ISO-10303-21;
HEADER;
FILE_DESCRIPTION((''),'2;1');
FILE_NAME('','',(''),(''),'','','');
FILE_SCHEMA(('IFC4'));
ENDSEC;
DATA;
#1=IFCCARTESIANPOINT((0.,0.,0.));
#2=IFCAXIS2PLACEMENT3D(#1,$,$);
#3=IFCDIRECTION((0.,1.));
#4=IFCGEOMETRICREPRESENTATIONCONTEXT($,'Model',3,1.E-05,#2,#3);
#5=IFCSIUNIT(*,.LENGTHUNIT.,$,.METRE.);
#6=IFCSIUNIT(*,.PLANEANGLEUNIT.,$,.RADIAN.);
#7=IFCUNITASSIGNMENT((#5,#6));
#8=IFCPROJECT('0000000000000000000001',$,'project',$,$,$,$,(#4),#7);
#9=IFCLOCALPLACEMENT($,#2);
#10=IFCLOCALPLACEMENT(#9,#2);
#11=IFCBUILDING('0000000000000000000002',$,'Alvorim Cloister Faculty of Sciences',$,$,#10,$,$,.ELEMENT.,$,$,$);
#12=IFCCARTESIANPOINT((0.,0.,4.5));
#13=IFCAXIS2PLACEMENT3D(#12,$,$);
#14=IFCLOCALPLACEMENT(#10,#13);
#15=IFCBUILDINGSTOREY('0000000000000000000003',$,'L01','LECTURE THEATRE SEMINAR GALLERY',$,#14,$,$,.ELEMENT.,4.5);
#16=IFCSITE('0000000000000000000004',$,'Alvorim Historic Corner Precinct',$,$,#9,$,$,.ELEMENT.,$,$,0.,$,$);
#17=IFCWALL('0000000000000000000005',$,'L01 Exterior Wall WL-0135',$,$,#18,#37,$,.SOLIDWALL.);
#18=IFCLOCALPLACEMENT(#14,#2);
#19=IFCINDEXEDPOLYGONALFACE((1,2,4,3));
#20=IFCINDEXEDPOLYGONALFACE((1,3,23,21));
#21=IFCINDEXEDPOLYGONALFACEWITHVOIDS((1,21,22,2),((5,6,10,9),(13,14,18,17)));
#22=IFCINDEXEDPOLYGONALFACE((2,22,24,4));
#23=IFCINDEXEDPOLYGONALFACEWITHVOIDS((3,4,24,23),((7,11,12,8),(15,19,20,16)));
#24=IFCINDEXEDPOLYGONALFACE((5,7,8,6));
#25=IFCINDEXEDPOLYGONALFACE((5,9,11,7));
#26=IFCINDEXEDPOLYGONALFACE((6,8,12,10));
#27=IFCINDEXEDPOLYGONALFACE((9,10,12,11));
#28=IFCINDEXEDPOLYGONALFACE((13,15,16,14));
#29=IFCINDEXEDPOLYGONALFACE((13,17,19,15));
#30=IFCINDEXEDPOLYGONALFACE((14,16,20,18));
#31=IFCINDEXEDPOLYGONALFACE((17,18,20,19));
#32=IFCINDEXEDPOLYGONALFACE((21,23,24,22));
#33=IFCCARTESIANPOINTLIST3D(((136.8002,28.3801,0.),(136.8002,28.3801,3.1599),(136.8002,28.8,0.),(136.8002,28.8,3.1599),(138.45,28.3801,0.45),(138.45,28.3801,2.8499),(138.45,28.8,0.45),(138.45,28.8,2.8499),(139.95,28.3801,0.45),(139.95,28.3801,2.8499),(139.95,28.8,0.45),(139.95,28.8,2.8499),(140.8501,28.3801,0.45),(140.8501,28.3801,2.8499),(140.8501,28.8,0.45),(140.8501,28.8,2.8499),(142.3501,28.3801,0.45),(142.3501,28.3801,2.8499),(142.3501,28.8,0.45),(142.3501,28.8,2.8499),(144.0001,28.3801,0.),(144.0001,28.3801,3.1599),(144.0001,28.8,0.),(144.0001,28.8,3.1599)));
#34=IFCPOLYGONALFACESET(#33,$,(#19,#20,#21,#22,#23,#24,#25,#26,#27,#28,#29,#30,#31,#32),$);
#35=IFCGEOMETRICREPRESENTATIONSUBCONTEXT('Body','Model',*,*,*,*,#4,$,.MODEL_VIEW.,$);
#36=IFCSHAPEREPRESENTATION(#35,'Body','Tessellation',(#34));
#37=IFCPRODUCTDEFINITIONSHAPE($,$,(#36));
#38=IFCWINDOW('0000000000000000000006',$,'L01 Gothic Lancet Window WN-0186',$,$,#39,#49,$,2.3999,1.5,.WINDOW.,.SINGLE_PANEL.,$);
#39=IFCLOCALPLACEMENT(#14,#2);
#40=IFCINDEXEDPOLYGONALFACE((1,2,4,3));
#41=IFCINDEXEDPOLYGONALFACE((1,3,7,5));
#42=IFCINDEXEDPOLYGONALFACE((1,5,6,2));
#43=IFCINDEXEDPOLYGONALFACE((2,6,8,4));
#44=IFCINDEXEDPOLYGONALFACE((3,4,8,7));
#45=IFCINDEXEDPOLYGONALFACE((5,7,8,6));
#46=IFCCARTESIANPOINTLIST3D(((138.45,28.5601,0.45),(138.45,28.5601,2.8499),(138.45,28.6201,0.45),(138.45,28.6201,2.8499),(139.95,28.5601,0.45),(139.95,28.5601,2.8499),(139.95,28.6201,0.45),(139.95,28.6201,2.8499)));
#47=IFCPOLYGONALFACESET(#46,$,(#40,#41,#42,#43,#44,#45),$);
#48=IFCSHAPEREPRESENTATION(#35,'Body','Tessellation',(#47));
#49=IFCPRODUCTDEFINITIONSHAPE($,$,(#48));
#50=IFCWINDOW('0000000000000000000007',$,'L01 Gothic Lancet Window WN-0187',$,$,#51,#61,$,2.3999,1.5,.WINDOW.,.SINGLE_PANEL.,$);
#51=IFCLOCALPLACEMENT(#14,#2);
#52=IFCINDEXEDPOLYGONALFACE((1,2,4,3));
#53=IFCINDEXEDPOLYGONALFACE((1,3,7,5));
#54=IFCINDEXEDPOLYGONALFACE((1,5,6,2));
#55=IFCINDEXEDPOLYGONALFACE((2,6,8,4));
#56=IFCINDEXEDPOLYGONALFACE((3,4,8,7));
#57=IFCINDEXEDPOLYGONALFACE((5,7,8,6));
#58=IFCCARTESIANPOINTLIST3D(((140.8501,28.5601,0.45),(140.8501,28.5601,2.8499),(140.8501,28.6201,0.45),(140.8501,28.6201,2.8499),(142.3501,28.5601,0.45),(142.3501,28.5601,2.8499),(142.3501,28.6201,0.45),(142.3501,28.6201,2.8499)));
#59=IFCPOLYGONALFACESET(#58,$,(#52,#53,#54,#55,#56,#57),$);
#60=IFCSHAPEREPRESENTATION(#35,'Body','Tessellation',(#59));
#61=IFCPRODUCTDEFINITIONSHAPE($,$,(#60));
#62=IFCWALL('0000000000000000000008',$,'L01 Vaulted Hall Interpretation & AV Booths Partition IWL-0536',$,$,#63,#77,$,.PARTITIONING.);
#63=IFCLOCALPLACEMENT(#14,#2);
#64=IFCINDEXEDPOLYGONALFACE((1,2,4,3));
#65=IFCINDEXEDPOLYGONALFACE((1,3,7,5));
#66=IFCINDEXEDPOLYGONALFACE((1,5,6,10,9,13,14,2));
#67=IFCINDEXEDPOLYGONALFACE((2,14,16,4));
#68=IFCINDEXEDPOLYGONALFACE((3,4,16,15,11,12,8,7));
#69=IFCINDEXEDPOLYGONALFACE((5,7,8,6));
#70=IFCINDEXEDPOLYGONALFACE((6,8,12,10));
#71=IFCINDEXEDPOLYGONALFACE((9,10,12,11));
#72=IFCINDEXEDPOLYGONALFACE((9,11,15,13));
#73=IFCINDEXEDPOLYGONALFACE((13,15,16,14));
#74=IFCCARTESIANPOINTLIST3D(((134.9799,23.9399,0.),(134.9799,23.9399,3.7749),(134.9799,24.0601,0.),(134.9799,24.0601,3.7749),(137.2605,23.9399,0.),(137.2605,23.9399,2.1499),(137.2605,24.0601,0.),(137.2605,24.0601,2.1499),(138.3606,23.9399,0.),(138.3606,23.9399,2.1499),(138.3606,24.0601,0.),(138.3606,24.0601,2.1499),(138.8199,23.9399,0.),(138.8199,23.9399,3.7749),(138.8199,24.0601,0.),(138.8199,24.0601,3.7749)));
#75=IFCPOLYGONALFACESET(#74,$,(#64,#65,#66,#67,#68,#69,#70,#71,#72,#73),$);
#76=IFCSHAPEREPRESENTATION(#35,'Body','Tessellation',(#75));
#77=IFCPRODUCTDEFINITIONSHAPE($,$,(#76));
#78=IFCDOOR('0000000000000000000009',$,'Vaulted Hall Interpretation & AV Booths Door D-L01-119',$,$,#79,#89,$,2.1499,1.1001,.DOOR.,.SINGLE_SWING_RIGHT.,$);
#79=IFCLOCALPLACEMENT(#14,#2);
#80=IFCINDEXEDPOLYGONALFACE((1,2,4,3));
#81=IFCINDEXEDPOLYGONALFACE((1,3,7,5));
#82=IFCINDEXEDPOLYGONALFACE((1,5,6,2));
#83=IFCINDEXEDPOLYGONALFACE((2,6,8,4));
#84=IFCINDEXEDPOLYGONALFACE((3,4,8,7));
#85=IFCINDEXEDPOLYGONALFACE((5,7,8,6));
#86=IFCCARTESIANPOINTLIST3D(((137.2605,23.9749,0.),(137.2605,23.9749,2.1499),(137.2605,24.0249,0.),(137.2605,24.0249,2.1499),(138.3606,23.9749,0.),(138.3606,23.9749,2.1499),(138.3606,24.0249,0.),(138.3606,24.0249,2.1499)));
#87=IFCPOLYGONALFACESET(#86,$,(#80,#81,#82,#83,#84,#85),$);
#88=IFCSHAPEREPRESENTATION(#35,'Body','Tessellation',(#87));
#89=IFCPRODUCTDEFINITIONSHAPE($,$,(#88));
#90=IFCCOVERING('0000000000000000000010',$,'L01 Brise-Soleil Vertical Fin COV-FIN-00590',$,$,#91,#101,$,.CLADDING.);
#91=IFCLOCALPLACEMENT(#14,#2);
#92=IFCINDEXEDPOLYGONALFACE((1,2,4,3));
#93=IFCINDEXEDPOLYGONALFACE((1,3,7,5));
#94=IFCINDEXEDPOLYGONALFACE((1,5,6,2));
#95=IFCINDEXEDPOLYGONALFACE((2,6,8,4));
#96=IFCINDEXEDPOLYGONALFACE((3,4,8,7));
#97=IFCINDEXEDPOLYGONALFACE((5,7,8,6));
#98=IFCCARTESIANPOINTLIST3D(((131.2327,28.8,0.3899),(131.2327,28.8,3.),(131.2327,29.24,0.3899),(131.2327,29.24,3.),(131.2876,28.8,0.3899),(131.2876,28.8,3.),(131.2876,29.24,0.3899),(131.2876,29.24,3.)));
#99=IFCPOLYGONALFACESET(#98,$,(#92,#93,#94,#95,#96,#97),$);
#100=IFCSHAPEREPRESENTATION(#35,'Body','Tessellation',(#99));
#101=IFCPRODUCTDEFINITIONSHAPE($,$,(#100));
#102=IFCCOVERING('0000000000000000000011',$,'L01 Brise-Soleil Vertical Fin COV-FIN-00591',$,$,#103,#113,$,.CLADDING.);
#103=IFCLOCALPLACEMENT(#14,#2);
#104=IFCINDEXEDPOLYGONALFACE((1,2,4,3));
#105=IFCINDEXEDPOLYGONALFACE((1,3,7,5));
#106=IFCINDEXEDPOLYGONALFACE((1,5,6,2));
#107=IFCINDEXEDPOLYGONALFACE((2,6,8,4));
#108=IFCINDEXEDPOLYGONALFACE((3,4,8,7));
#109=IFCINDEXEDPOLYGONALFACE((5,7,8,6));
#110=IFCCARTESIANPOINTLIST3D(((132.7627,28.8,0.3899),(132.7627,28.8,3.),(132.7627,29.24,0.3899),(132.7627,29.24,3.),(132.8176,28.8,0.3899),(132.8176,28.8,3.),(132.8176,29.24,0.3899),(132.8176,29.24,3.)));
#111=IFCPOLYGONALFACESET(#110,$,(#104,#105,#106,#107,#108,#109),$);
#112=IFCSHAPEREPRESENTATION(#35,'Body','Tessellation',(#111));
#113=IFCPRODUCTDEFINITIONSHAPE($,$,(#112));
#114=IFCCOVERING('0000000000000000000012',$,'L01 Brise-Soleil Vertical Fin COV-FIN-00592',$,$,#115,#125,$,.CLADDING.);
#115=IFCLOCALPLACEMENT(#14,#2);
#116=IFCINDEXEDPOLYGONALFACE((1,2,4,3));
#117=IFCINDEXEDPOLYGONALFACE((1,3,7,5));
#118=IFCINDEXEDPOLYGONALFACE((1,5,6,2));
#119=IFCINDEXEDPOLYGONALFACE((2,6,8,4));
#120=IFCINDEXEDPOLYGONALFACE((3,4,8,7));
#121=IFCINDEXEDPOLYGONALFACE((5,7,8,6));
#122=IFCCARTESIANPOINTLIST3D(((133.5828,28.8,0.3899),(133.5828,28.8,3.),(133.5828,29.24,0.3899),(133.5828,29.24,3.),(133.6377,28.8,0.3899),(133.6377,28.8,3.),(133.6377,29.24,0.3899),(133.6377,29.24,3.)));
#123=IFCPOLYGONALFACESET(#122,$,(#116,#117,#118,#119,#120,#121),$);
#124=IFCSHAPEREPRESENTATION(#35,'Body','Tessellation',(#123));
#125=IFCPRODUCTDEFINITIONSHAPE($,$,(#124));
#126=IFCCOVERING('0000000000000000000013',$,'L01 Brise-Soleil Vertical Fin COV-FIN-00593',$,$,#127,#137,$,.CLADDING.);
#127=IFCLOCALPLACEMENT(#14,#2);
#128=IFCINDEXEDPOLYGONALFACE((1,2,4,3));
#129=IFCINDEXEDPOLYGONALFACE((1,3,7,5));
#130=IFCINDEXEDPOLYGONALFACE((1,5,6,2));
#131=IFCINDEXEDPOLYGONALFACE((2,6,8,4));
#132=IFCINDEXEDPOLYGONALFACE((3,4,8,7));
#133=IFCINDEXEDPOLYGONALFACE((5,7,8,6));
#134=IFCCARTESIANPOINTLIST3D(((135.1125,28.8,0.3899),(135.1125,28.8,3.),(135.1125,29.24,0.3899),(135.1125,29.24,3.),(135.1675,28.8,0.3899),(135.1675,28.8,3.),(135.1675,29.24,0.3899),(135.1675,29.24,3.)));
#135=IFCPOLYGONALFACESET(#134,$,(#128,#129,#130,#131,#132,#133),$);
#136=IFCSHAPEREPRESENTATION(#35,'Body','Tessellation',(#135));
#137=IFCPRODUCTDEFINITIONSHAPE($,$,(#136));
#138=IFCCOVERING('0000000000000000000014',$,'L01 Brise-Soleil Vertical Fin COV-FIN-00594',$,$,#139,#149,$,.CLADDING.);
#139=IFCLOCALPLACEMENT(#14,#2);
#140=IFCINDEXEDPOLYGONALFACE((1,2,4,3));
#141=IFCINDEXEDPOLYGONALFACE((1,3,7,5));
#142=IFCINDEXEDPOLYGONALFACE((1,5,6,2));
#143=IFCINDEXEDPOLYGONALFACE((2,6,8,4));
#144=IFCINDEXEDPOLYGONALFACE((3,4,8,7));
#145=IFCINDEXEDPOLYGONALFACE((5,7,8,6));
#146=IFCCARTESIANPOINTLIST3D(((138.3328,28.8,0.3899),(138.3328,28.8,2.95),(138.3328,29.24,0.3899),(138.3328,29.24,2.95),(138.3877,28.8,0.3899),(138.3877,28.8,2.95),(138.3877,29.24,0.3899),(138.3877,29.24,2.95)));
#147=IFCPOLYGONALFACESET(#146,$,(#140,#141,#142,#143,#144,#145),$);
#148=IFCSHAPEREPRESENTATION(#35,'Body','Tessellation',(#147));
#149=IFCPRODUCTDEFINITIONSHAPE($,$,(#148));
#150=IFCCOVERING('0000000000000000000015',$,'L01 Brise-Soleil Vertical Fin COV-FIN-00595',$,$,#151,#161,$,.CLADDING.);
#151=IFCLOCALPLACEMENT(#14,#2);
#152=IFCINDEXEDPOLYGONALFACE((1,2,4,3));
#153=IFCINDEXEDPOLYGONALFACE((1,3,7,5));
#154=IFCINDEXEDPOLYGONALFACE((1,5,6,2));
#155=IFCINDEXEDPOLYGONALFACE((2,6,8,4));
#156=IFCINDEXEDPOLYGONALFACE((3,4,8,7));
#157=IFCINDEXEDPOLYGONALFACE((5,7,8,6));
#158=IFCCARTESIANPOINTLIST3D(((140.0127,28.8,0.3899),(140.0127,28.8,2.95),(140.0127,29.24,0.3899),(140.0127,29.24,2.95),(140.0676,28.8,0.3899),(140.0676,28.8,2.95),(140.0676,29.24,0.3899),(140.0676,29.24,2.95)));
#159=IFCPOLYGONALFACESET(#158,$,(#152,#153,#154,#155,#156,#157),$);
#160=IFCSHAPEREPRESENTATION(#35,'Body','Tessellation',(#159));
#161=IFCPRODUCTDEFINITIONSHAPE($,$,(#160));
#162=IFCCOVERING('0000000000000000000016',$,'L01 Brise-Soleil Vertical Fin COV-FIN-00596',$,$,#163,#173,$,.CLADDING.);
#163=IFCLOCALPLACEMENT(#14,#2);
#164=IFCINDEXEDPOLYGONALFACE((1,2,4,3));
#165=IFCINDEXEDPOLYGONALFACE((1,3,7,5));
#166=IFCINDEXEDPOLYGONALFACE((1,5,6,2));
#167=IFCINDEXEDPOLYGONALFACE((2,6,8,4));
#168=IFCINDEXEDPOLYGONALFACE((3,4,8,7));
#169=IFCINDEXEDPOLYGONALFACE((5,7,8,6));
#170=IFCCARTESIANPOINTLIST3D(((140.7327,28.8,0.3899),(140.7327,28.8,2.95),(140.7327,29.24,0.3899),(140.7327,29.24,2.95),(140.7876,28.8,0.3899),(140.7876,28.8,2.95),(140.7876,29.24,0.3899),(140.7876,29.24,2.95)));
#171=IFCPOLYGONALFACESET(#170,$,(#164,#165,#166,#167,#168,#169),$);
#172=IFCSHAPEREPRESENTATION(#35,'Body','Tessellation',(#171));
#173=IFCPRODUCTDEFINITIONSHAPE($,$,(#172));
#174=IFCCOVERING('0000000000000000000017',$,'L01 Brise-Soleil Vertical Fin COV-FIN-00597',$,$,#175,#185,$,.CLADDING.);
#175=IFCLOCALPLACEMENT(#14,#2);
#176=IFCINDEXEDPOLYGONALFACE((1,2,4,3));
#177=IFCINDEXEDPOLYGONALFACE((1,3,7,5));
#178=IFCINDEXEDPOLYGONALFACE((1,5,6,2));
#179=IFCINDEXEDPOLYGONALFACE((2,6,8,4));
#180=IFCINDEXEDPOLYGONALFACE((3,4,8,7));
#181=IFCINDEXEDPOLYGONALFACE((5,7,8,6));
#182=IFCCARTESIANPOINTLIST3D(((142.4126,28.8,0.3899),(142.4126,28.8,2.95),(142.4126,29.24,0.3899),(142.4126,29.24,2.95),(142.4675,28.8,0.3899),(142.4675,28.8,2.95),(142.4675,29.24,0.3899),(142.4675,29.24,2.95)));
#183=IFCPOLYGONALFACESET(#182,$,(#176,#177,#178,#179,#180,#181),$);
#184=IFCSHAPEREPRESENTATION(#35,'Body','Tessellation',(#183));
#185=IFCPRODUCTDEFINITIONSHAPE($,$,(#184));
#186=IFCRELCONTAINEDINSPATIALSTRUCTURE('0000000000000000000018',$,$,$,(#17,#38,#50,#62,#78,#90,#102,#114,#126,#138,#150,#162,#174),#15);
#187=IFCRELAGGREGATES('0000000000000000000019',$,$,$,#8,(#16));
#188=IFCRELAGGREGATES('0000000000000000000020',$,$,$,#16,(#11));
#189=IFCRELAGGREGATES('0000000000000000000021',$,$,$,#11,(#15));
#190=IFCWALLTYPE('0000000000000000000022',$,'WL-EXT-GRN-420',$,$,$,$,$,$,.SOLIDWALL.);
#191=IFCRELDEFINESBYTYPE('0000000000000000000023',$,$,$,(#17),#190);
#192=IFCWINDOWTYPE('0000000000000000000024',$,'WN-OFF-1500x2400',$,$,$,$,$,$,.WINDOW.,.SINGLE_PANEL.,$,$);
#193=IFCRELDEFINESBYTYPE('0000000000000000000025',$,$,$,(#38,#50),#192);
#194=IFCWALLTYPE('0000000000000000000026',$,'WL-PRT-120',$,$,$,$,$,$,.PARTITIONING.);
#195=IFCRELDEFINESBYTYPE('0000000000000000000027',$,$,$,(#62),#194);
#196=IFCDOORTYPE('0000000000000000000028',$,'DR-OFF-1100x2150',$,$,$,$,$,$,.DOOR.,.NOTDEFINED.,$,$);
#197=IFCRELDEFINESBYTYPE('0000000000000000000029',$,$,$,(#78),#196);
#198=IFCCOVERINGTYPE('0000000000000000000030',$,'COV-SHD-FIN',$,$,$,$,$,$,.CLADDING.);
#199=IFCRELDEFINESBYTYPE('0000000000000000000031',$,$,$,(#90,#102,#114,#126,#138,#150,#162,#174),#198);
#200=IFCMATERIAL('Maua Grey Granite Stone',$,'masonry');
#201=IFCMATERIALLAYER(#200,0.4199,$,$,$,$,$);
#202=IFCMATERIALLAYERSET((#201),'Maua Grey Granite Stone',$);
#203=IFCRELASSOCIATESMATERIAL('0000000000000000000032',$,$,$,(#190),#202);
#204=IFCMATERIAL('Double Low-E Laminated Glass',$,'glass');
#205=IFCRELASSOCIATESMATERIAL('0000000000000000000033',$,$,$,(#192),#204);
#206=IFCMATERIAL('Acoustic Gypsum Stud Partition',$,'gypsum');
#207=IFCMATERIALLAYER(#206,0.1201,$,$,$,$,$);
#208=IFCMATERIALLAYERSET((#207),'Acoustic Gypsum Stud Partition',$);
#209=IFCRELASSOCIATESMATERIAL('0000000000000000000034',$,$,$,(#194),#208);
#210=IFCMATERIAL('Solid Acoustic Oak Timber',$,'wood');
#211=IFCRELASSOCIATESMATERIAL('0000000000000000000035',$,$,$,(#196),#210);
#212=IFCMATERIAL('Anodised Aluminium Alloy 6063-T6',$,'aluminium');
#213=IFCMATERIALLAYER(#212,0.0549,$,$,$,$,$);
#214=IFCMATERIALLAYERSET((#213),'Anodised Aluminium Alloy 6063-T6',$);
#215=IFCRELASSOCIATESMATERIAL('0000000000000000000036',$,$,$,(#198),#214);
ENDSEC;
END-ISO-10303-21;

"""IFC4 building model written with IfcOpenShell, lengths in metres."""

from ifc_helpers import new_model, si_unit, direction, frame, frame_2d, origin, place, context, subcontext, project, spatial, polyline, rectangle, outline, extrude, material, layer, layer_set, type_object, element, fill, save


model = new_model("IFC4")

# Units and contexts
model_context = context("Model", 3, precision=1e-05, world=origin(), true_north=direction((0.0, 1.0)))
body_context = subcontext(model_context, "Body", "Model", "MODEL_VIEW")
ifc_project = project(units=[si_unit("LENGTHUNIT", "METRE"), si_unit("PLANEANGLEUNIT", "RADIAN")], contexts=[model_context])

# Site, building, storey
site_placement = place(None, origin())
site = spatial("IfcSite", under=ifc_project, at=site_placement, Name="Alvorim Historic Corner Precinct", CompositionType="ELEMENT", RefElevation=0.0)
building_placement = place(site_placement, origin())
building = spatial("IfcBuilding", under=site, at=building_placement, Name="Alvorim Cloister Faculty of Sciences", CompositionType="ELEMENT")
storey_placement = place(building_placement, frame((0.0, 0.0, 4.5)))
storey = spatial("IfcBuildingStorey", under=building, at=storey_placement, Name="L01", Description="LECTURE THEATRE SEMINAR GALLERY", CompositionType="ELEMENT", Elevation=4.5)

# Wall, openings, windows
ifc_material_1 = material(Name="Maua Grey Granite Stone", Category="masonry")
ifc_layer_1 = layer(ifc_material_1, 0.4199)
ifc_layer_set_1 = layer_set([ifc_layer_1], Name="Maua Grey Granite Stone")
wall_type_1 = type_object("IfcWallType", Name="WL-EXT-GRN-420", PredefinedType="SOLIDWALL", material=ifc_layer_set_1)
wall_1_placement = place(storey_placement, frame((136.8, 28.5901, 0.0), z_axis=(0.0, 0.0, 1.0), x_axis=(1.0, 0.0, 0.0)))
wall_1 = element("IfcWall", 1, at=wall_1_placement, inside=storey, type_object=wall_type_1, Name="L01 Exterior Wall WL-0135", PredefinedType="SOLIDWALL", context=body_context, shape_type="SweptSolid", body=[
    extrude(rectangle(XDim=7.2, YDim=0.4199, at=frame_2d((3.6001, 0.0))), origin(), (0.0, 0.0, 1.0), 3.1599),
])
opening_1_placement = place(wall_1_placement, frame((1.6499, 0.0, 0.45)))
opening_1 = element("IfcOpeningElement", 2, at=opening_1_placement, cuts=wall_1, PredefinedType="OPENING", context=body_context, shape_type="SweptSolid", body=[
    extrude(rectangle(XDim=1.5, YDim=2.3999, at=frame_2d((0.75, 1.2))), frame((0.0, 0.2219, 0.0), z_axis=(0.0, -1.0, 0.0), x_axis=(1.0, 0.0, 0.0)), (0.0, 0.0, 1.0), 0.4438),
])
opening_2_placement = place(wall_1_placement, frame((4.05, 0.0, 0.45)))
opening_2 = element("IfcOpeningElement", 3, at=opening_2_placement, cuts=wall_1, PredefinedType="OPENING", context=body_context, shape_type="SweptSolid", body=[
    extrude(rectangle(XDim=1.5, YDim=2.3999, at=frame_2d((0.75, 1.2))), frame((0.0, 0.2219, 0.0), z_axis=(0.0, -1.0, 0.0), x_axis=(1.0, 0.0, 0.0)), (0.0, 0.0, 1.0), 0.4438),
])
ifc_material_2 = material(Name="Double Low-E Laminated Glass", Category="glass")
window_type = type_object("IfcWindowType", Name="WN-OFF-1500x2400", PartitioningType="SINGLE_PANEL", PredefinedType="WINDOW", material=ifc_material_2)
window_1_placement = place(opening_1_placement, origin())
window_1 = element("IfcWindow", 4, at=window_1_placement, inside=storey, type_object=window_type, Name="L01 Gothic Lancet Window WN-0186", OverallHeight=2.3999, OverallWidth=1.5, PartitioningType="SINGLE_PANEL", PredefinedType="WINDOW", context=body_context, shape_type="SweptSolid", body=[
    extrude(rectangle(XDim=1.5, YDim=2.3999, at=frame_2d((0.75, 1.2))), frame((0.0, 0.03, 0.0), z_axis=(0.0, -1.0, 0.0), x_axis=(1.0, 0.0, 0.0)), (0.0, 0.0, 1.0), 0.0601),
])
fill(opening_1, window_1)
window_2_placement = place(opening_2_placement, origin())
window_2 = element("IfcWindow", 5, at=window_2_placement, inside=storey, type_object=window_type, Name="L01 Gothic Lancet Window WN-0187", OverallHeight=2.3999, OverallWidth=1.5, PartitioningType="SINGLE_PANEL", PredefinedType="WINDOW", context=body_context, shape_type="SweptSolid", body=[
    extrude(rectangle(XDim=1.5, YDim=2.3999, at=frame_2d((0.75, 1.2))), frame((0.0, 0.03, 0.0), z_axis=(0.0, -1.0, 0.0), x_axis=(1.0, 0.0, 0.0)), (0.0, 0.0, 1.0), 0.0601),
])
fill(opening_2, window_2)

# Wall, opening, door
ifc_material_3 = material(Name="Acoustic Gypsum Stud Partition", Category="gypsum")
ifc_layer_2 = layer(ifc_material_3, 0.1201)
ifc_layer_set_2 = layer_set([ifc_layer_2], Name="Acoustic Gypsum Stud Partition")
wall_type_2 = type_object("IfcWallType", Name="WL-PRT-120", PredefinedType="PARTITIONING", material=ifc_layer_set_2)
wall_2_placement = place(storey_placement, frame((134.98, 24.0, 0.0), z_axis=(0.0, 0.0, 1.0), x_axis=(1.0, 0.0, 0.0)))
wall_2 = element("IfcWall", 6, at=wall_2_placement, inside=storey, type_object=wall_type_2, Name="L01 Vaulted Hall Interpretation & AV Booths Partition IWL-0536", PredefinedType="PARTITIONING", context=body_context, shape_type="SweptSolid", body=[
    extrude(rectangle(XDim=3.8401, YDim=0.1201, at=frame_2d((1.9199, 0.0))), origin(), (0.0, 0.0, 1.0), 3.7749),
])
opening_3_placement = place(wall_2_placement, frame((2.2805, 0.0, 0.0)))
opening_3 = element("IfcOpeningElement", 7, at=opening_3_placement, cuts=wall_2, PredefinedType="OPENING", context=body_context, shape_type="SweptSolid", body=[
    extrude(rectangle(XDim=1.1001, YDim=2.1499, at=frame_2d((0.55, 1.075))), frame((0.0, 0.072, 0.0), z_axis=(0.0, -1.0, 0.0), x_axis=(1.0, 0.0, 0.0)), (0.0, 0.0, 1.0), 0.144),
])
ifc_material_4 = material(Name="Solid Acoustic Oak Timber", Category="wood")
door_type = type_object("IfcDoorType", Name="DR-OFF-1100x2150", OperationType="NOTDEFINED", PredefinedType="DOOR", material=ifc_material_4)
door_placement = place(opening_3_placement, origin())
door = element("IfcDoor", 8, at=door_placement, inside=storey, type_object=door_type, Name="Vaulted Hall Interpretation & AV Booths Door D-L01-119", OperationType="SINGLE_SWING_RIGHT", OverallHeight=2.1499, OverallWidth=1.1001, PredefinedType="DOOR", context=body_context, shape_type="SweptSolid", body=[
    extrude(rectangle(XDim=1.1001, YDim=2.1499, at=frame_2d((0.55, 1.075))), frame((0.0, 0.0249, 0.0), z_axis=(0.0, -1.0, 0.0), x_axis=(1.0, 0.0, 0.0)), (0.0, 0.0, 1.0), 0.05),
])
fill(opening_3, door)

# Coverings
ifc_material_5 = material(Name="Anodised Aluminium Alloy 6063-T6", Category="aluminium")
ifc_layer_3 = layer(ifc_material_5, 0.0549)
ifc_layer_set_3 = layer_set([ifc_layer_3], Name="Anodised Aluminium Alloy 6063-T6")
covering_type = type_object("IfcCoveringType", Name="COV-SHD-FIN", PredefinedType="CLADDING", material=ifc_layer_set_3)
for number, where, z_axis, x_axis, name in (
    (9, (131.26, 28.8, 0.3899), (0.0, 0.0, 1.0), (0.0, 1.0, 0.0), "L01 Brise-Soleil Vertical Fin COV-FIN-00590"),
    (10, (132.79, 28.8, 0.3899), (0.0, 0.0, 1.0), (0.0, 1.0, 0.0), "L01 Brise-Soleil Vertical Fin COV-FIN-00591"),
    (11, (133.6101, 28.8, 0.3899), (0.0, 0.0, 1.0), (0.0, 1.0, 0.0), "L01 Brise-Soleil Vertical Fin COV-FIN-00592"),
    (12, (135.1399, 28.8, 0.3899), (0.0, 0.0, 1.0), (0.0, 1.0, 0.0), "L01 Brise-Soleil Vertical Fin COV-FIN-00593"),
):
    element("IfcCovering", number, at=place(storey_placement, frame(where, z_axis=z_axis, x_axis=x_axis)), inside=storey, type_object=covering_type, Name=name, PredefinedType="CLADDING", context=body_context, shape_type="SweptSolid", body=[
        extrude(outline(polyline([(0.0, 0.0), (0.4399, 0.0), (0.4399, 2.6101), (0.0, 2.6101), (0.0, 0.0)])), frame((0.0, 0.0273, 0.0), z_axis=(0.0, -1.0, 0.0), x_axis=(1.0, 0.0, 0.0)), (0.0, 0.0, 1.0), 0.0549),
    ])
for number, where, z_axis, x_axis, name in (
    (13, (138.3601, 28.8, 0.3899), (0.0, 0.0, 1.0), (0.0, 1.0, 0.0), "L01 Brise-Soleil Vertical Fin COV-FIN-00594"),
    (14, (140.04, 28.8, 0.3899), (0.0, 0.0, 1.0), (0.0, 1.0, 0.0), "L01 Brise-Soleil Vertical Fin COV-FIN-00595"),
    (15, (140.76, 28.8, 0.3899), (0.0, 0.0, 1.0), (0.0, 1.0, 0.0), "L01 Brise-Soleil Vertical Fin COV-FIN-00596"),
    (16, (142.4399, 28.8, 0.3899), (0.0, 0.0, 1.0), (0.0, 1.0, 0.0), "L01 Brise-Soleil Vertical Fin COV-FIN-00597"),
):
    element("IfcCovering", number, at=place(storey_placement, frame(where, z_axis=z_axis, x_axis=x_axis)), inside=storey, type_object=covering_type, Name=name, PredefinedType="CLADDING", context=body_context, shape_type="SweptSolid", body=[
        extrude(outline(polyline([(0.0, 0.0), (0.4399, 0.0), (0.4399, 2.5601), (0.0, 2.5601), (0.0, 0.0)])), frame((0.0, 0.0273, 0.0), z_axis=(0.0, -1.0, 0.0), x_axis=(1.0, 0.0, 0.0)), (0.0, 0.0, 1.0), 0.0549),
    ])

save(model, "model.ifc")
